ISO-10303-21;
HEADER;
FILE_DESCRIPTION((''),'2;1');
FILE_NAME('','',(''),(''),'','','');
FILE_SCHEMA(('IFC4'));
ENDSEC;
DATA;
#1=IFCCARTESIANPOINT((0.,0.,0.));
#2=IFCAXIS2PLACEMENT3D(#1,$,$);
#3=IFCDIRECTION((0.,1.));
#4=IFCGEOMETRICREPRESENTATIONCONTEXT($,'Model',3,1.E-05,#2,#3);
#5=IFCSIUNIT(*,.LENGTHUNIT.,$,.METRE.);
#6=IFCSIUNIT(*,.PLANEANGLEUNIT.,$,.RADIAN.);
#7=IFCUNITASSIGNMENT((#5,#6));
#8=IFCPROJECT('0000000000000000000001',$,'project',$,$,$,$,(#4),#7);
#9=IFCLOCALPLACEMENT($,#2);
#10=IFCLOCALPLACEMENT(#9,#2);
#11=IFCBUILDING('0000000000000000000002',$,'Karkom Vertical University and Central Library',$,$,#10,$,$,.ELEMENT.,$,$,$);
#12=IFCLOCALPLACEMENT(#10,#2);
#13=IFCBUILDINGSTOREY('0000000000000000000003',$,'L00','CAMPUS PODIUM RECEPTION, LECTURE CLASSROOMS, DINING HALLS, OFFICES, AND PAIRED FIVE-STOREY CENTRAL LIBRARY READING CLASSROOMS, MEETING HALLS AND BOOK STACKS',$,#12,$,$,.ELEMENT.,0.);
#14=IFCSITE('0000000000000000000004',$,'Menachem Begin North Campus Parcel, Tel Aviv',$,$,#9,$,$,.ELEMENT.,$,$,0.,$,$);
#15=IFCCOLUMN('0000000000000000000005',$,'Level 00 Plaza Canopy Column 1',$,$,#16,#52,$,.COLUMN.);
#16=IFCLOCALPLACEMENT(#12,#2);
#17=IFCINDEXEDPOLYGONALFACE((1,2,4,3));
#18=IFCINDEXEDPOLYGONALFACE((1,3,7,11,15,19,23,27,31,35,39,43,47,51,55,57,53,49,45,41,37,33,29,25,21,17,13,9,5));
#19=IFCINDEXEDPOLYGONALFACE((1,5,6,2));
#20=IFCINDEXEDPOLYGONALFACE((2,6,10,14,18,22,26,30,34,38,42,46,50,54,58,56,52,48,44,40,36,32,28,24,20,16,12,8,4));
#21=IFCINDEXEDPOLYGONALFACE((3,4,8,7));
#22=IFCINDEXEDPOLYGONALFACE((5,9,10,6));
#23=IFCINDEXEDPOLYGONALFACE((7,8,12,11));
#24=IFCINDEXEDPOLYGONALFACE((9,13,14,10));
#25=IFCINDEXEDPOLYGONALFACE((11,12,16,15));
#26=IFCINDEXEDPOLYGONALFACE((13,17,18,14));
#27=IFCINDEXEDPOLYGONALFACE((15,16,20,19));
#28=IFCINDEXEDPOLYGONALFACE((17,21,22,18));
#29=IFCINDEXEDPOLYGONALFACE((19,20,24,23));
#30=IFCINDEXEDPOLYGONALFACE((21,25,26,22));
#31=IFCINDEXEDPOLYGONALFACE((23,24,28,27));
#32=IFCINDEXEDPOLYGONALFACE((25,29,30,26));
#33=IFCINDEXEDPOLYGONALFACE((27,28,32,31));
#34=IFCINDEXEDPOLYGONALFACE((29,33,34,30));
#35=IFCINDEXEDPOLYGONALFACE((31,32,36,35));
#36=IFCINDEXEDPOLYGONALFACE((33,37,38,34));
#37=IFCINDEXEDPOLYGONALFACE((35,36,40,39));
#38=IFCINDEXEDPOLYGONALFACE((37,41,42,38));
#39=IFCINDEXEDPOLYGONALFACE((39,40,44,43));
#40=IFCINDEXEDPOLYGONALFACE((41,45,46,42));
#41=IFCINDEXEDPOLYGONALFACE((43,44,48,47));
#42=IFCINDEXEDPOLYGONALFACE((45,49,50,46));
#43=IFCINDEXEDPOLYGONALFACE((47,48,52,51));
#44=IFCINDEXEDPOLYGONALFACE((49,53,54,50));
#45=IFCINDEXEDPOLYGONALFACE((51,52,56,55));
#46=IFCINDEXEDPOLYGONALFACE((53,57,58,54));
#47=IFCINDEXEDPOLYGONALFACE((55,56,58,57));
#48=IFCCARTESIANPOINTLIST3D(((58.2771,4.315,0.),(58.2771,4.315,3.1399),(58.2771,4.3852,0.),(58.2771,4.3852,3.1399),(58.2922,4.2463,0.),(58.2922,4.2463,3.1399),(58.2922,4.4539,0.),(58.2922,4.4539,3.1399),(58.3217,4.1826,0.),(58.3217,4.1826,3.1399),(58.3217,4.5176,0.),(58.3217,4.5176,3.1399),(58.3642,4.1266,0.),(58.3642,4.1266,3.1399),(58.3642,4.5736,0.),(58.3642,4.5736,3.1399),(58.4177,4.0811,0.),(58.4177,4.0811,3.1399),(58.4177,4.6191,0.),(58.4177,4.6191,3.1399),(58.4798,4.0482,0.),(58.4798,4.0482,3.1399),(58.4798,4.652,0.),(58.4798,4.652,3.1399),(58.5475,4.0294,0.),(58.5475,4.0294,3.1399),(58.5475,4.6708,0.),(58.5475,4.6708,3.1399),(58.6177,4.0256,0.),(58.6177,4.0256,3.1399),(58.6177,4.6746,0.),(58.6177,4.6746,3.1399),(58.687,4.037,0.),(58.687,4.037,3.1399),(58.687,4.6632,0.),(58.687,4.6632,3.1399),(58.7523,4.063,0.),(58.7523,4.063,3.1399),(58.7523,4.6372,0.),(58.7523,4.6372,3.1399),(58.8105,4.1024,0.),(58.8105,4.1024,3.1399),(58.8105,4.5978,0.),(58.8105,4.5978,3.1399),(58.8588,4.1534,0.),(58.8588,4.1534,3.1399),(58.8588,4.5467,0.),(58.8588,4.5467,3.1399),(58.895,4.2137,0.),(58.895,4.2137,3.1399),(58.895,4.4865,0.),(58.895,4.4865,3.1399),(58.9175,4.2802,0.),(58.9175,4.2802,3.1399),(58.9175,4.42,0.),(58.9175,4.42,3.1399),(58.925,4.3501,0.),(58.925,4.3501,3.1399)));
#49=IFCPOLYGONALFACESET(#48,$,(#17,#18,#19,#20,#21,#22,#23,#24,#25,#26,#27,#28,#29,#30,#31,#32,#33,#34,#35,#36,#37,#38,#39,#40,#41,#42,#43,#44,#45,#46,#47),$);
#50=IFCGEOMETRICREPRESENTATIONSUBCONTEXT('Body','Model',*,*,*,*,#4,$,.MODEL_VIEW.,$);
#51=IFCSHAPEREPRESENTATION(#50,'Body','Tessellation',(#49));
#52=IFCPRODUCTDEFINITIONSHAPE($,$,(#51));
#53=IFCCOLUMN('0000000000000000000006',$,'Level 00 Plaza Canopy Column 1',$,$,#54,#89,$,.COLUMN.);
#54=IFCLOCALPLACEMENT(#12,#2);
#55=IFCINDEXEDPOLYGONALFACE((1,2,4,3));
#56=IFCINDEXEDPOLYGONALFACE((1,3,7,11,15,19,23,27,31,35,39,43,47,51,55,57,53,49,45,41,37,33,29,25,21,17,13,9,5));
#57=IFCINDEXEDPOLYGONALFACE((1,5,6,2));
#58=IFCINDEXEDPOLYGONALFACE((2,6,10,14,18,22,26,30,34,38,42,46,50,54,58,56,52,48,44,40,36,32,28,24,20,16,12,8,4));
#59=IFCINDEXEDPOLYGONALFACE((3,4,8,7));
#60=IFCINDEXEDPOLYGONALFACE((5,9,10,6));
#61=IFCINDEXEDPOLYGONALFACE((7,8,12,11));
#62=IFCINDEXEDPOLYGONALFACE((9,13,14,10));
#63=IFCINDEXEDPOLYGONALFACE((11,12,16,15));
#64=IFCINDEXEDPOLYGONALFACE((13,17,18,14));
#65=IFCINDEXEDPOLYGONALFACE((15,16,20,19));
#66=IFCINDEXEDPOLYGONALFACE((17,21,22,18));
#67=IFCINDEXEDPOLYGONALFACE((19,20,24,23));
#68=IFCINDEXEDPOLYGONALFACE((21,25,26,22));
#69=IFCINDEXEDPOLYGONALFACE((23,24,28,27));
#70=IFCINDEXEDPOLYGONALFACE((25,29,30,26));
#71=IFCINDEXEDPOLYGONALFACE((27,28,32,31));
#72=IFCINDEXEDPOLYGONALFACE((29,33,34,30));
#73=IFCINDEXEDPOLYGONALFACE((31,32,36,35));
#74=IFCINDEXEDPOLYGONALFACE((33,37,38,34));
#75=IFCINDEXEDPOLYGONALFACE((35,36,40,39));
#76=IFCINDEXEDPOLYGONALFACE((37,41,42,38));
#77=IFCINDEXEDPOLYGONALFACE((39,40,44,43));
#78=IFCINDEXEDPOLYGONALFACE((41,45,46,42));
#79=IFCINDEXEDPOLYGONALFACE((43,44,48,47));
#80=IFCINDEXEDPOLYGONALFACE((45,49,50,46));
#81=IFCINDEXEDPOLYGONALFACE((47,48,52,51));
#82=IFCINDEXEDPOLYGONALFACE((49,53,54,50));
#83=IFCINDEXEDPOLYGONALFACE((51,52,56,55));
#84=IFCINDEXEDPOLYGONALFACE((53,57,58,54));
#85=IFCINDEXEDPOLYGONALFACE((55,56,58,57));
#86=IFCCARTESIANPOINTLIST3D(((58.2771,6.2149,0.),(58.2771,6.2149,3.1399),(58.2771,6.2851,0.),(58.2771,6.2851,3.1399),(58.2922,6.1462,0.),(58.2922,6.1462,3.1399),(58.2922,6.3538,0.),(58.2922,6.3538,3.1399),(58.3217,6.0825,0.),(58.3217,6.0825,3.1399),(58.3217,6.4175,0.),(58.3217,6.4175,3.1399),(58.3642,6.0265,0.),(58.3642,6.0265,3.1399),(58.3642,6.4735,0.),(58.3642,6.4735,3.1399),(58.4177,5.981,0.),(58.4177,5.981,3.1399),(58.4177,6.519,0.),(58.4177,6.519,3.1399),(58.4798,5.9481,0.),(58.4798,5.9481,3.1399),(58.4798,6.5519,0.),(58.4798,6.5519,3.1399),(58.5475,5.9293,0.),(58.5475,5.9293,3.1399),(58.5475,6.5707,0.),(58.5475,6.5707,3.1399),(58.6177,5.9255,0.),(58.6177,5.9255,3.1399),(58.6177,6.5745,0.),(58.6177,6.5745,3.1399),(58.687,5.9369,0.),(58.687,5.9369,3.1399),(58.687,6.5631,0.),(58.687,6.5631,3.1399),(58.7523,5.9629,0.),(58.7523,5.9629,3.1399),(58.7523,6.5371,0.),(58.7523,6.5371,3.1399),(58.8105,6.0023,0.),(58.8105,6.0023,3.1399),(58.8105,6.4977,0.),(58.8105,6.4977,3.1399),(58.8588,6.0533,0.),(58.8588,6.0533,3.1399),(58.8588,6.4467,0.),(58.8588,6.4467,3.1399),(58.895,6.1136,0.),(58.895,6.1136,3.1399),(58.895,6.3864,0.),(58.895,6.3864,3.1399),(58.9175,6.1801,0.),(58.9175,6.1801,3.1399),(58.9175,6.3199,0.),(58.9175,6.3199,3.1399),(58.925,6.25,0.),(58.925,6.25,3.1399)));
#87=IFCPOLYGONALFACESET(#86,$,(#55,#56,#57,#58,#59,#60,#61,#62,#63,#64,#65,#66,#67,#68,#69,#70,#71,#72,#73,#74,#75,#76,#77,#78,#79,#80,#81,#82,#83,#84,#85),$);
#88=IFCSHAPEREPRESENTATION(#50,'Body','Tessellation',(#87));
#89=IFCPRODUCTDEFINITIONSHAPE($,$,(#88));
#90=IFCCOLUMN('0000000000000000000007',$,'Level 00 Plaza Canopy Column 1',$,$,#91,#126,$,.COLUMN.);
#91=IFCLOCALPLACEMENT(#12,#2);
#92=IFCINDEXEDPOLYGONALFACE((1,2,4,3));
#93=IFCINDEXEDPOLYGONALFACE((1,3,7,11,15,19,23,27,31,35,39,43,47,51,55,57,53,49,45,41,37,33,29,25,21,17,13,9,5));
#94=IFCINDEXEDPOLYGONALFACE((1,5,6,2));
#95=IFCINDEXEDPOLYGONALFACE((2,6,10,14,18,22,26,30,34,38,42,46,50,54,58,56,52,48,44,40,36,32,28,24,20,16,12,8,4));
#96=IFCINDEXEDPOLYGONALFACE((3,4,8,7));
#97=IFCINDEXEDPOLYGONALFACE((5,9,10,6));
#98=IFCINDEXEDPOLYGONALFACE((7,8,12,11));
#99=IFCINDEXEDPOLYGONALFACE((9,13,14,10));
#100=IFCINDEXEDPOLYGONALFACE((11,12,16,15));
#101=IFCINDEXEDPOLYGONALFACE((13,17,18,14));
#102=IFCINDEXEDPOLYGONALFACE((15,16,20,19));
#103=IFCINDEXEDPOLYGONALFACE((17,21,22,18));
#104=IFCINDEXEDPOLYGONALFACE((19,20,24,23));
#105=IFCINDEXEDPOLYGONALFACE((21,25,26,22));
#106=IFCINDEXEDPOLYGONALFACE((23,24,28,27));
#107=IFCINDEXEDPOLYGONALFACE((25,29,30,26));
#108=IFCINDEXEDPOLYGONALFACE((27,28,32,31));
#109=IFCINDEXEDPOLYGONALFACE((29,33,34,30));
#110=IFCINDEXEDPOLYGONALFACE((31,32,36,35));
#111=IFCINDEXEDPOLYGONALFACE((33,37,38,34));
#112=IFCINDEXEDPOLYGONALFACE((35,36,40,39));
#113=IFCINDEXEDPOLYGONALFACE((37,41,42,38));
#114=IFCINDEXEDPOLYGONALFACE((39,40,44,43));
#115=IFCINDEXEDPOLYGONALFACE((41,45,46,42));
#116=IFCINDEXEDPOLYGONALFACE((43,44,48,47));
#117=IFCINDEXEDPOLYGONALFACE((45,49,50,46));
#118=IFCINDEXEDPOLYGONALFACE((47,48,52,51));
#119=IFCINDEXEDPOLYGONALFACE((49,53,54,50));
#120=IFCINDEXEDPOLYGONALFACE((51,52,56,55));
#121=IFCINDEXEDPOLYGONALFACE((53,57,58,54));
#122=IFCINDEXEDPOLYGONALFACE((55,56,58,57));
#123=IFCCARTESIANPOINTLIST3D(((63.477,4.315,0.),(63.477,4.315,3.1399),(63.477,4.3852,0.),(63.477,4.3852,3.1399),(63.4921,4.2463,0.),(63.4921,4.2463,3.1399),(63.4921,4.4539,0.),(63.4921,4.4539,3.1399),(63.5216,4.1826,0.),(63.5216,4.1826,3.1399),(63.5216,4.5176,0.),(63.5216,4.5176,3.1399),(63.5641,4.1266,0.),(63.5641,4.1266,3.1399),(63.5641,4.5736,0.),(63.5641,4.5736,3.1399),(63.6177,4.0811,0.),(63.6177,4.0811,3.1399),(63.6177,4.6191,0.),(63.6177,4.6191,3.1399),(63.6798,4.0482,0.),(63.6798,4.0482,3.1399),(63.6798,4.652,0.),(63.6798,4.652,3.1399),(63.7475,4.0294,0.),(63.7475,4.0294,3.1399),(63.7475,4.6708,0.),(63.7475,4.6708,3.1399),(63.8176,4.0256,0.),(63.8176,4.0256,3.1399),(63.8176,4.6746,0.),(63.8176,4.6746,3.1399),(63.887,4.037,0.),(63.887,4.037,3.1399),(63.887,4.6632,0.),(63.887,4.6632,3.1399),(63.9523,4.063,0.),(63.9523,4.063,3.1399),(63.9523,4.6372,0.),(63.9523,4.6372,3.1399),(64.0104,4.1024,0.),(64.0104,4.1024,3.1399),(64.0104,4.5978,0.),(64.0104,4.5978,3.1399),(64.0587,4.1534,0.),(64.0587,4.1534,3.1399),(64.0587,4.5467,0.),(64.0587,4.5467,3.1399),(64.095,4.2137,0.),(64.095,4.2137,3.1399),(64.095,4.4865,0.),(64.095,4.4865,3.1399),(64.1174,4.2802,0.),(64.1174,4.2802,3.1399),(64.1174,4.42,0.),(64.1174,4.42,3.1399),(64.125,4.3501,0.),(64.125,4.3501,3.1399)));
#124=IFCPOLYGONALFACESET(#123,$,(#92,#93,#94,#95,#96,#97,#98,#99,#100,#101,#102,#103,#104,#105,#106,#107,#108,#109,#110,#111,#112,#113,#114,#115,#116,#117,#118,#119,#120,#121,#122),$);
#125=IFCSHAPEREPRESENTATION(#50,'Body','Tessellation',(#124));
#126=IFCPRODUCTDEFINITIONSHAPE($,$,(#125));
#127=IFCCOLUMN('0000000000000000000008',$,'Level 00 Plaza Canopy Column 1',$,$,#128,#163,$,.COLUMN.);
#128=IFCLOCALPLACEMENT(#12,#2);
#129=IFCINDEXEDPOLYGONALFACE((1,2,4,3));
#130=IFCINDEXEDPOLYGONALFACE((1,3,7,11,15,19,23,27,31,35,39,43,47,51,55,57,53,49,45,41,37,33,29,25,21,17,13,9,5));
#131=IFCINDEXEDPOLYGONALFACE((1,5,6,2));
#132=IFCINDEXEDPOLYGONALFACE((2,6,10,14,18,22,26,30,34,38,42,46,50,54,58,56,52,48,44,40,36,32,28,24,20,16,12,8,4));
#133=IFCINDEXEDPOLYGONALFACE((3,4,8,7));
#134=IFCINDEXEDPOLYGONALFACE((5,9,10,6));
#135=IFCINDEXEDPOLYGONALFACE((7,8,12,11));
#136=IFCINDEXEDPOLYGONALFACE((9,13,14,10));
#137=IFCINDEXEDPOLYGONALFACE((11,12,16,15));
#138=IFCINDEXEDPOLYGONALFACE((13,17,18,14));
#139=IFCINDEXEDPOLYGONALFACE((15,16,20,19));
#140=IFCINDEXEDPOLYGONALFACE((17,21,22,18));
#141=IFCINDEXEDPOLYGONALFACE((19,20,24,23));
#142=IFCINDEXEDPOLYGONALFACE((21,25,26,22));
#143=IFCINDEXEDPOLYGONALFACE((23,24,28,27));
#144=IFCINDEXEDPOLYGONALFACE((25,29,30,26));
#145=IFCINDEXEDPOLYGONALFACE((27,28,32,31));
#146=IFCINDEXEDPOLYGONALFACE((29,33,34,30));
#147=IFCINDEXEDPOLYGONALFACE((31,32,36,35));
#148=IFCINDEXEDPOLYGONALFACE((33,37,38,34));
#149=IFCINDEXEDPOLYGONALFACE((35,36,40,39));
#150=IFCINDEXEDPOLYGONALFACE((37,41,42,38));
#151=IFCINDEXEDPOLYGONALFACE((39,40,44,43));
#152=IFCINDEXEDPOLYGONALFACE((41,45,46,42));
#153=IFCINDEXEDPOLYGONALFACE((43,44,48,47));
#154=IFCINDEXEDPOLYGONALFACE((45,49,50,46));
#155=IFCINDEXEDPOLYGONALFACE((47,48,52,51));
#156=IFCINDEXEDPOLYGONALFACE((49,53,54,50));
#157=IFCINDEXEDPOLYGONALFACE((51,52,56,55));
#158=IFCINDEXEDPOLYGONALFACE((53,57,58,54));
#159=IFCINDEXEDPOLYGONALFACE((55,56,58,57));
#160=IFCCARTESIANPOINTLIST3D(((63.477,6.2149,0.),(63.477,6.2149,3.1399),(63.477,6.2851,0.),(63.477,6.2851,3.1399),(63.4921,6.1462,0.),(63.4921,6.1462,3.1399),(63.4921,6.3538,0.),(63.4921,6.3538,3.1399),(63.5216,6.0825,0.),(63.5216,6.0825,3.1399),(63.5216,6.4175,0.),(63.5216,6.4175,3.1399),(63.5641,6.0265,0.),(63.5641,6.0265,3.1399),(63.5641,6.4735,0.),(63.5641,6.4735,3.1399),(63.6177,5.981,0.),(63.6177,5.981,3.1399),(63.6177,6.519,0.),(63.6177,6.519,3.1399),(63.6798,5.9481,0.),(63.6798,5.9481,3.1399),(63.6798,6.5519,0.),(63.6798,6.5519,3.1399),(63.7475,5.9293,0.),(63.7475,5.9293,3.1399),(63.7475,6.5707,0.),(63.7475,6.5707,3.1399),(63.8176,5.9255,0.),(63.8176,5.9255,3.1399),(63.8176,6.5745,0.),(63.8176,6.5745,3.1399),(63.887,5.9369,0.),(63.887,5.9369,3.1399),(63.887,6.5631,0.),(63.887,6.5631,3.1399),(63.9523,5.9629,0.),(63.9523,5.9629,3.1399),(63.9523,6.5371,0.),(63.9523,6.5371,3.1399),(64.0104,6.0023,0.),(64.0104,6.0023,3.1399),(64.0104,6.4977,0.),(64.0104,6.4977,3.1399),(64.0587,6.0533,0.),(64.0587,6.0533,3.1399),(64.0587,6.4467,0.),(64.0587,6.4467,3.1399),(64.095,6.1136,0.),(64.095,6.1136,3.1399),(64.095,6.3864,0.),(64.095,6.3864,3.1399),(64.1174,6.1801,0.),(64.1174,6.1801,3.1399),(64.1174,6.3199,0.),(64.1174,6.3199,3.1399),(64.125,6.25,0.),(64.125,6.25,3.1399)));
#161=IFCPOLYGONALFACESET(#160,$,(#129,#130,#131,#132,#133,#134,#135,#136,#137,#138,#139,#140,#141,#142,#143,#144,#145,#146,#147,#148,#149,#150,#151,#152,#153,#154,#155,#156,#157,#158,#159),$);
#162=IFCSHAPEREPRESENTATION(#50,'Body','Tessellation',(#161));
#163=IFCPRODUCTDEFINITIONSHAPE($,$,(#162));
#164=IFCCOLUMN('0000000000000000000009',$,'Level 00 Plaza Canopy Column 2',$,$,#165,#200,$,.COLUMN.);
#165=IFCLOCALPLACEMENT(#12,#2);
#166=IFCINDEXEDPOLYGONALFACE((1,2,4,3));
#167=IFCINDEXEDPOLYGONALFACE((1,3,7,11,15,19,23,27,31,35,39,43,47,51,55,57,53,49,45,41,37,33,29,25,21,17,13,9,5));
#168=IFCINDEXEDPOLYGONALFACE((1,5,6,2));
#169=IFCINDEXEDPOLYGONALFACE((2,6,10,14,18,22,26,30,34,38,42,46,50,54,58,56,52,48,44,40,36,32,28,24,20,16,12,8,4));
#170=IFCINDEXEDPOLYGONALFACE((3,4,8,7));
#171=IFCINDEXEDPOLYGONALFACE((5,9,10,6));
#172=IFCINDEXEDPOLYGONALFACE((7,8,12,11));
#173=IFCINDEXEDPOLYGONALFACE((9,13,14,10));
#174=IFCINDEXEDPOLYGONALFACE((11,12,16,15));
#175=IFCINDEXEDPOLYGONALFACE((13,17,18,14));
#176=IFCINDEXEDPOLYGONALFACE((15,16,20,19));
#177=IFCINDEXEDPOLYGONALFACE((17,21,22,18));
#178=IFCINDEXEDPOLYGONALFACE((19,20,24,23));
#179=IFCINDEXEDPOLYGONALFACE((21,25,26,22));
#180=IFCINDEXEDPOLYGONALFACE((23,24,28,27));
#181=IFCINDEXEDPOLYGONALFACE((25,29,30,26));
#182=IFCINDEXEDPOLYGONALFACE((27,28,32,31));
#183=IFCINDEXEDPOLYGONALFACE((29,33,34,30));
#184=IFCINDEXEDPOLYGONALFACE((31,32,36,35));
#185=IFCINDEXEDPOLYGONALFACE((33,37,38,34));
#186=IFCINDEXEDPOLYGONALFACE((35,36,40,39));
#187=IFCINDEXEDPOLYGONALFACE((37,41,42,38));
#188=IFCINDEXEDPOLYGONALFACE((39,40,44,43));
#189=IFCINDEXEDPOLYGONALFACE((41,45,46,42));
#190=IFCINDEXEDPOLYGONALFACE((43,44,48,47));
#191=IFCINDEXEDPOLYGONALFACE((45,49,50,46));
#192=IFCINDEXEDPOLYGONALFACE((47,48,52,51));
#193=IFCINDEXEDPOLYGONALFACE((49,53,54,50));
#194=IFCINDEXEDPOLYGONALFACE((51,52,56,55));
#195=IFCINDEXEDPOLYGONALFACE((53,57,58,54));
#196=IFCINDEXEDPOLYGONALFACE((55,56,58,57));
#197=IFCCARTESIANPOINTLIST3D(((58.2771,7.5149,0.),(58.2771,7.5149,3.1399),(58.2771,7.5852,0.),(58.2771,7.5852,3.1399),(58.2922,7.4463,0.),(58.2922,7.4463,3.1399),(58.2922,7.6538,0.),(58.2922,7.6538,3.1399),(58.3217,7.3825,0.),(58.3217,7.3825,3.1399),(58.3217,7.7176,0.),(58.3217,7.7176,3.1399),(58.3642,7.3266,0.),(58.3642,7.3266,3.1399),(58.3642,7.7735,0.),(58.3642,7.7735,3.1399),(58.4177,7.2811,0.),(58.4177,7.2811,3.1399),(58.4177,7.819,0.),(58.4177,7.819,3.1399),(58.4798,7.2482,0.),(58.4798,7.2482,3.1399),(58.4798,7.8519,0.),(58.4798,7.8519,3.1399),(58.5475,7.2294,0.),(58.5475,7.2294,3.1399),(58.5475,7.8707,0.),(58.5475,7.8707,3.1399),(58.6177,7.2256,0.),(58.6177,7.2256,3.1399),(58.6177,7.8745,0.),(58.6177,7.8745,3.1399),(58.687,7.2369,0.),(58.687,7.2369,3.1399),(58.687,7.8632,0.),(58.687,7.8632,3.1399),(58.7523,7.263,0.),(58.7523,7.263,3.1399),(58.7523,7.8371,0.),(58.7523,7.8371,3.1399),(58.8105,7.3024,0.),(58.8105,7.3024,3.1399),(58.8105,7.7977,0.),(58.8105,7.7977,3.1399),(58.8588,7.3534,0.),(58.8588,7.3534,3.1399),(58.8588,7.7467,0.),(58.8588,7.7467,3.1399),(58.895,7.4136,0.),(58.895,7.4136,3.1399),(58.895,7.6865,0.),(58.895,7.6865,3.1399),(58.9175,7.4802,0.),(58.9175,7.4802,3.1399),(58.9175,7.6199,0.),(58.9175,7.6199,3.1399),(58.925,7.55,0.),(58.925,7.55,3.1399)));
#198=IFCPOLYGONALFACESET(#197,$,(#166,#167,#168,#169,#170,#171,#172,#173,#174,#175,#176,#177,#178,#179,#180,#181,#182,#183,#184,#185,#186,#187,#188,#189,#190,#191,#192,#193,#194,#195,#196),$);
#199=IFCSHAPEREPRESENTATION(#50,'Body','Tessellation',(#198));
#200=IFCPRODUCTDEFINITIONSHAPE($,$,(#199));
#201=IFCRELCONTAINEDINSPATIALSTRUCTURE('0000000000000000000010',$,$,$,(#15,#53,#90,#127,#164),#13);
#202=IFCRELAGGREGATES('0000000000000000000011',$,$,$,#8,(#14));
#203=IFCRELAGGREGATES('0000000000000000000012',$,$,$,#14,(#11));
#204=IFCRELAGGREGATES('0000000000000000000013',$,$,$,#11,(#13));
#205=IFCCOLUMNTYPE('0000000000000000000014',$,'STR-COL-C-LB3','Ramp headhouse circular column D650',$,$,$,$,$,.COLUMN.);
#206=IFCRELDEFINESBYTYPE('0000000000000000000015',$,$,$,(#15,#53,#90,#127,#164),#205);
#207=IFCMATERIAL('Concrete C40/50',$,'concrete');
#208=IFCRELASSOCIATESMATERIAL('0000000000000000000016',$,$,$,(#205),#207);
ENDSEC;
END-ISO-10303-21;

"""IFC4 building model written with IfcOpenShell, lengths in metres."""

from ifc_helpers import new_model, si_unit, direction, frame, origin, origin_with_axes, origin_2d, place, context, subcontext, project, spatial, circle, extrude, source, transform, mapped, material, material_profile, profile_set, type_object, element, save


model = new_model("IFC4")

# Units and contexts
model_context = context("Model", 3, precision=1e-05, world=origin(), true_north=direction((0.0, 1.0)))
body_context = subcontext(model_context, "Body", "Model", "MODEL_VIEW")
ifc_project = project(units=[si_unit("LENGTHUNIT", "METRE"), si_unit("PLANEANGLEUNIT", "RADIAN")], contexts=[model_context])

# Site, building, storey
site_placement = place(None, origin())
site = spatial("IfcSite", under=ifc_project, at=site_placement, Name="Menachem Begin North Campus Parcel, Tel Aviv", CompositionType="ELEMENT", RefElevation=0.0)
building_placement = place(site_placement, origin())
building = spatial("IfcBuilding", under=site, at=building_placement, Name="Karkom Vertical University and Central Library", CompositionType="ELEMENT")
storey_placement = place(building_placement, origin())
storey = spatial("IfcBuildingStorey", under=building, at=storey_placement, Name="L00", Description="CAMPUS PODIUM RECEPTION, LECTURE CLASSROOMS, DINING HALLS, OFFICES, AND PAIRED FIVE-STOREY CENTRAL LIBRARY READING CLASSROOMS, MEETING HALLS AND BOOK STACKS", CompositionType="ELEMENT", Elevation=0.0)

# Columns
ifc_material_1 = material(Name="Concrete C40/50", Category="concrete")
ifc_material_profile_1 = material_profile(ifc_material_1, circle(Radius=0.325, at=origin_2d()), Name="RC-D650")
ifc_profile_set_1 = profile_set([ifc_material_profile_1], Name="Concrete C40/50")
column_type = type_object("IfcColumnType", Name="STR-COL-C-LB3", Description="Ramp headhouse circular column D650", PredefinedType="COLUMN", material=ifc_profile_set_1)
shared_shape_1 = source(origin_with_axes(), body_context, "Body", "SweptSolid", [
    extrude(circle(Radius=0.325, at=origin_2d()), origin(), (0.0, 0.0, 1.0), 3.1399),
])
for number, where, z_axis, x_axis, name in (
    (1, (58.6001, 4.3501, 0.0), (0.0, 0.0, 1.0), (1.0, 0.0, 0.0), "Level 00 Plaza Canopy Column 1"),
    (2, (58.6001, 6.25, 0.0), (0.0, 0.0, 1.0), (1.0, 0.0, 0.0), "Level 00 Plaza Canopy Column 1"),
    (3, (63.8, 4.3501, 0.0), (0.0, 0.0, 1.0), (1.0, 0.0, 0.0), "Level 00 Plaza Canopy Column 1"),
    (4, (63.8, 6.25, 0.0), (0.0, 0.0, 1.0), (1.0, 0.0, 0.0), "Level 00 Plaza Canopy Column 1"),
    (5, (58.6001, 7.55, 0.0), (0.0, 0.0, 1.0), (1.0, 0.0, 0.0), "Level 00 Plaza Canopy Column 2"),
):
    element("IfcColumn", number, at=place(storey_placement, frame(where, z_axis=z_axis, x_axis=x_axis)), inside=storey, type_object=column_type, Name=name, PredefinedType="COLUMN", context=body_context, shape_type="MappedRepresentation", body=[
        mapped(shared_shape_1, transform((0.0, 0.0, 0.0), scale=1.0)),
    ])

save(model, "model.ifc")
